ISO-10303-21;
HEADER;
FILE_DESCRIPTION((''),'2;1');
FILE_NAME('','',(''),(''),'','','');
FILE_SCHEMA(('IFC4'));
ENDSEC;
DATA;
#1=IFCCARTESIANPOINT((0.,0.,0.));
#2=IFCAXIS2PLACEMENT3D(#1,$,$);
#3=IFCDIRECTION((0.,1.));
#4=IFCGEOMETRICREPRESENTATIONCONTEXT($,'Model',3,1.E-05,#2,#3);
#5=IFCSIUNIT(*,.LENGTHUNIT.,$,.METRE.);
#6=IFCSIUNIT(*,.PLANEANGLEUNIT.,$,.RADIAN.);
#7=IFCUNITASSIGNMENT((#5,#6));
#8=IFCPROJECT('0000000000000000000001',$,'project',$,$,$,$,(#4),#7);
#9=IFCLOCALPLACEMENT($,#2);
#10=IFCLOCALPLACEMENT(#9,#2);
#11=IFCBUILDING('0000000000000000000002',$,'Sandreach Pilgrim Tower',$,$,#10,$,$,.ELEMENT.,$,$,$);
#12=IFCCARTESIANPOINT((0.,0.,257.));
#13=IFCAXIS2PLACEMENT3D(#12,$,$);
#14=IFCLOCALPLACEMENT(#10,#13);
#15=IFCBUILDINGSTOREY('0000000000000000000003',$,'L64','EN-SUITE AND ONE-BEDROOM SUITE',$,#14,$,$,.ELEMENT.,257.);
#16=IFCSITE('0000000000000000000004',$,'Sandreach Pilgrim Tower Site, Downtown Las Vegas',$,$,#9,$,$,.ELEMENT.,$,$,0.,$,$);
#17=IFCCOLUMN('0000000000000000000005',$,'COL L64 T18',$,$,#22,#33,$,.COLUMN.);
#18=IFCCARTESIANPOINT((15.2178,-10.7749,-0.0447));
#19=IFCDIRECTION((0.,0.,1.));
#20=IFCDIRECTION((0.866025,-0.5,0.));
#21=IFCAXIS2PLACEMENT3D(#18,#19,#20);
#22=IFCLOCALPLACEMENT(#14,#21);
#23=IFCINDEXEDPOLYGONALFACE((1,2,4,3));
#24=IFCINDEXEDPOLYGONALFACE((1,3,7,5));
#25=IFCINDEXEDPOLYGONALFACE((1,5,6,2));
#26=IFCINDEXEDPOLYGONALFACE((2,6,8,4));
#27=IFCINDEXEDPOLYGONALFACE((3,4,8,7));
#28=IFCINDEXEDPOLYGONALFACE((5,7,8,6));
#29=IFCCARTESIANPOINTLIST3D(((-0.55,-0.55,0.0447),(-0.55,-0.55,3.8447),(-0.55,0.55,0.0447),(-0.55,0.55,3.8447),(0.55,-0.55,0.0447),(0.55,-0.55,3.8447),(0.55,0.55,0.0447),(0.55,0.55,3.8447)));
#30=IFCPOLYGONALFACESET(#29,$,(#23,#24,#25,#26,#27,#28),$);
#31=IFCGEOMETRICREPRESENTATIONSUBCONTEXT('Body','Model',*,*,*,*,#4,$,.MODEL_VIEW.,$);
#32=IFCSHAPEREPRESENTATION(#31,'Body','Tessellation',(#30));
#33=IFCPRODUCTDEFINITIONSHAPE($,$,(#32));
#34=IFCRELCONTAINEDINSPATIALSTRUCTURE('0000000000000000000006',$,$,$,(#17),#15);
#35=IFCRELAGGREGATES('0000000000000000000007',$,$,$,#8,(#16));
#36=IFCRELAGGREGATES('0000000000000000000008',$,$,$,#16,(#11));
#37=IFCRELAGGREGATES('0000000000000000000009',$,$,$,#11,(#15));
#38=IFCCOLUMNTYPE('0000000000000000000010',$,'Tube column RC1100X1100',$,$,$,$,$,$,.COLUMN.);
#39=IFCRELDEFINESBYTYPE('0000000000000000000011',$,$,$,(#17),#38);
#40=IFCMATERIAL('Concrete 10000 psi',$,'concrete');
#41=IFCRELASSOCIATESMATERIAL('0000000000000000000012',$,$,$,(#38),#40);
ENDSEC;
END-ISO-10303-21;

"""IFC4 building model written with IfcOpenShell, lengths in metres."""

from ifc_helpers import new_model, si_unit, direction, frame, origin, origin_2d, place, context, subcontext, project, spatial, rectangle, extrude, clip, halfspace, material, material_profile, profile_set, type_object, element, save


model = new_model("IFC4")

# Units and contexts
model_context = context("Model", 3, precision=1e-05, world=origin(), true_north=direction((0.0, 1.0)))
body_context = subcontext(model_context, "Body", "Model", "MODEL_VIEW")
ifc_project = project(units=[si_unit("LENGTHUNIT", "METRE"), si_unit("PLANEANGLEUNIT", "RADIAN")], contexts=[model_context])

# Site, building, storey
site_placement = place(None, origin())
site = spatial("IfcSite", under=ifc_project, at=site_placement, Name="Sandreach Pilgrim Tower Site, Downtown Las Vegas", CompositionType="ELEMENT", RefElevation=0.0)
building_placement = place(site_placement, origin())
building = spatial("IfcBuilding", under=site, at=building_placement, Name="Sandreach Pilgrim Tower", CompositionType="ELEMENT")
storey_placement = place(building_placement, frame((0.0, 0.0, 257.0)))
storey = spatial("IfcBuildingStorey", under=building, at=storey_placement, Name="L64", Description="EN-SUITE AND ONE-BEDROOM SUITE", CompositionType="ELEMENT", Elevation=257.0)

# Column
ifc_material_1 = material(Name="Concrete 10000 psi", Category="concrete")
ifc_material_profile_1 = material_profile(ifc_material_1, rectangle(XDim=1.1001, YDim=1.1001, at=origin_2d()), Name="RC1100X1100")
ifc_profile_set_1 = profile_set([ifc_material_profile_1], Name="Concrete 10000 psi")
column_type = type_object("IfcColumnType", Name="Tube column RC1100X1100", PredefinedType="COLUMN", material=ifc_profile_set_1)
column_placement = place(storey_placement, frame((15.2178, -10.7749, -0.0447), z_axis=(0.0, 0.0, 1.0), x_axis=(0.866025, -0.5, 0.0)))
element("IfcColumn", 1, at=column_placement, inside=storey, type_object=column_type, Name="COL L64 T18", PredefinedType="COLUMN", context=body_context, shape_type="SweptSolid", body=[
    clip(extrude(rectangle(XDim=1.1001, YDim=1.1001, at=origin_2d()), origin(), (0.0, 0.0, 1.0), 3.8447), halfspace(frame((0.0, 0.0, 0.0447)), True)),
])

save(model, "model.ifc")
